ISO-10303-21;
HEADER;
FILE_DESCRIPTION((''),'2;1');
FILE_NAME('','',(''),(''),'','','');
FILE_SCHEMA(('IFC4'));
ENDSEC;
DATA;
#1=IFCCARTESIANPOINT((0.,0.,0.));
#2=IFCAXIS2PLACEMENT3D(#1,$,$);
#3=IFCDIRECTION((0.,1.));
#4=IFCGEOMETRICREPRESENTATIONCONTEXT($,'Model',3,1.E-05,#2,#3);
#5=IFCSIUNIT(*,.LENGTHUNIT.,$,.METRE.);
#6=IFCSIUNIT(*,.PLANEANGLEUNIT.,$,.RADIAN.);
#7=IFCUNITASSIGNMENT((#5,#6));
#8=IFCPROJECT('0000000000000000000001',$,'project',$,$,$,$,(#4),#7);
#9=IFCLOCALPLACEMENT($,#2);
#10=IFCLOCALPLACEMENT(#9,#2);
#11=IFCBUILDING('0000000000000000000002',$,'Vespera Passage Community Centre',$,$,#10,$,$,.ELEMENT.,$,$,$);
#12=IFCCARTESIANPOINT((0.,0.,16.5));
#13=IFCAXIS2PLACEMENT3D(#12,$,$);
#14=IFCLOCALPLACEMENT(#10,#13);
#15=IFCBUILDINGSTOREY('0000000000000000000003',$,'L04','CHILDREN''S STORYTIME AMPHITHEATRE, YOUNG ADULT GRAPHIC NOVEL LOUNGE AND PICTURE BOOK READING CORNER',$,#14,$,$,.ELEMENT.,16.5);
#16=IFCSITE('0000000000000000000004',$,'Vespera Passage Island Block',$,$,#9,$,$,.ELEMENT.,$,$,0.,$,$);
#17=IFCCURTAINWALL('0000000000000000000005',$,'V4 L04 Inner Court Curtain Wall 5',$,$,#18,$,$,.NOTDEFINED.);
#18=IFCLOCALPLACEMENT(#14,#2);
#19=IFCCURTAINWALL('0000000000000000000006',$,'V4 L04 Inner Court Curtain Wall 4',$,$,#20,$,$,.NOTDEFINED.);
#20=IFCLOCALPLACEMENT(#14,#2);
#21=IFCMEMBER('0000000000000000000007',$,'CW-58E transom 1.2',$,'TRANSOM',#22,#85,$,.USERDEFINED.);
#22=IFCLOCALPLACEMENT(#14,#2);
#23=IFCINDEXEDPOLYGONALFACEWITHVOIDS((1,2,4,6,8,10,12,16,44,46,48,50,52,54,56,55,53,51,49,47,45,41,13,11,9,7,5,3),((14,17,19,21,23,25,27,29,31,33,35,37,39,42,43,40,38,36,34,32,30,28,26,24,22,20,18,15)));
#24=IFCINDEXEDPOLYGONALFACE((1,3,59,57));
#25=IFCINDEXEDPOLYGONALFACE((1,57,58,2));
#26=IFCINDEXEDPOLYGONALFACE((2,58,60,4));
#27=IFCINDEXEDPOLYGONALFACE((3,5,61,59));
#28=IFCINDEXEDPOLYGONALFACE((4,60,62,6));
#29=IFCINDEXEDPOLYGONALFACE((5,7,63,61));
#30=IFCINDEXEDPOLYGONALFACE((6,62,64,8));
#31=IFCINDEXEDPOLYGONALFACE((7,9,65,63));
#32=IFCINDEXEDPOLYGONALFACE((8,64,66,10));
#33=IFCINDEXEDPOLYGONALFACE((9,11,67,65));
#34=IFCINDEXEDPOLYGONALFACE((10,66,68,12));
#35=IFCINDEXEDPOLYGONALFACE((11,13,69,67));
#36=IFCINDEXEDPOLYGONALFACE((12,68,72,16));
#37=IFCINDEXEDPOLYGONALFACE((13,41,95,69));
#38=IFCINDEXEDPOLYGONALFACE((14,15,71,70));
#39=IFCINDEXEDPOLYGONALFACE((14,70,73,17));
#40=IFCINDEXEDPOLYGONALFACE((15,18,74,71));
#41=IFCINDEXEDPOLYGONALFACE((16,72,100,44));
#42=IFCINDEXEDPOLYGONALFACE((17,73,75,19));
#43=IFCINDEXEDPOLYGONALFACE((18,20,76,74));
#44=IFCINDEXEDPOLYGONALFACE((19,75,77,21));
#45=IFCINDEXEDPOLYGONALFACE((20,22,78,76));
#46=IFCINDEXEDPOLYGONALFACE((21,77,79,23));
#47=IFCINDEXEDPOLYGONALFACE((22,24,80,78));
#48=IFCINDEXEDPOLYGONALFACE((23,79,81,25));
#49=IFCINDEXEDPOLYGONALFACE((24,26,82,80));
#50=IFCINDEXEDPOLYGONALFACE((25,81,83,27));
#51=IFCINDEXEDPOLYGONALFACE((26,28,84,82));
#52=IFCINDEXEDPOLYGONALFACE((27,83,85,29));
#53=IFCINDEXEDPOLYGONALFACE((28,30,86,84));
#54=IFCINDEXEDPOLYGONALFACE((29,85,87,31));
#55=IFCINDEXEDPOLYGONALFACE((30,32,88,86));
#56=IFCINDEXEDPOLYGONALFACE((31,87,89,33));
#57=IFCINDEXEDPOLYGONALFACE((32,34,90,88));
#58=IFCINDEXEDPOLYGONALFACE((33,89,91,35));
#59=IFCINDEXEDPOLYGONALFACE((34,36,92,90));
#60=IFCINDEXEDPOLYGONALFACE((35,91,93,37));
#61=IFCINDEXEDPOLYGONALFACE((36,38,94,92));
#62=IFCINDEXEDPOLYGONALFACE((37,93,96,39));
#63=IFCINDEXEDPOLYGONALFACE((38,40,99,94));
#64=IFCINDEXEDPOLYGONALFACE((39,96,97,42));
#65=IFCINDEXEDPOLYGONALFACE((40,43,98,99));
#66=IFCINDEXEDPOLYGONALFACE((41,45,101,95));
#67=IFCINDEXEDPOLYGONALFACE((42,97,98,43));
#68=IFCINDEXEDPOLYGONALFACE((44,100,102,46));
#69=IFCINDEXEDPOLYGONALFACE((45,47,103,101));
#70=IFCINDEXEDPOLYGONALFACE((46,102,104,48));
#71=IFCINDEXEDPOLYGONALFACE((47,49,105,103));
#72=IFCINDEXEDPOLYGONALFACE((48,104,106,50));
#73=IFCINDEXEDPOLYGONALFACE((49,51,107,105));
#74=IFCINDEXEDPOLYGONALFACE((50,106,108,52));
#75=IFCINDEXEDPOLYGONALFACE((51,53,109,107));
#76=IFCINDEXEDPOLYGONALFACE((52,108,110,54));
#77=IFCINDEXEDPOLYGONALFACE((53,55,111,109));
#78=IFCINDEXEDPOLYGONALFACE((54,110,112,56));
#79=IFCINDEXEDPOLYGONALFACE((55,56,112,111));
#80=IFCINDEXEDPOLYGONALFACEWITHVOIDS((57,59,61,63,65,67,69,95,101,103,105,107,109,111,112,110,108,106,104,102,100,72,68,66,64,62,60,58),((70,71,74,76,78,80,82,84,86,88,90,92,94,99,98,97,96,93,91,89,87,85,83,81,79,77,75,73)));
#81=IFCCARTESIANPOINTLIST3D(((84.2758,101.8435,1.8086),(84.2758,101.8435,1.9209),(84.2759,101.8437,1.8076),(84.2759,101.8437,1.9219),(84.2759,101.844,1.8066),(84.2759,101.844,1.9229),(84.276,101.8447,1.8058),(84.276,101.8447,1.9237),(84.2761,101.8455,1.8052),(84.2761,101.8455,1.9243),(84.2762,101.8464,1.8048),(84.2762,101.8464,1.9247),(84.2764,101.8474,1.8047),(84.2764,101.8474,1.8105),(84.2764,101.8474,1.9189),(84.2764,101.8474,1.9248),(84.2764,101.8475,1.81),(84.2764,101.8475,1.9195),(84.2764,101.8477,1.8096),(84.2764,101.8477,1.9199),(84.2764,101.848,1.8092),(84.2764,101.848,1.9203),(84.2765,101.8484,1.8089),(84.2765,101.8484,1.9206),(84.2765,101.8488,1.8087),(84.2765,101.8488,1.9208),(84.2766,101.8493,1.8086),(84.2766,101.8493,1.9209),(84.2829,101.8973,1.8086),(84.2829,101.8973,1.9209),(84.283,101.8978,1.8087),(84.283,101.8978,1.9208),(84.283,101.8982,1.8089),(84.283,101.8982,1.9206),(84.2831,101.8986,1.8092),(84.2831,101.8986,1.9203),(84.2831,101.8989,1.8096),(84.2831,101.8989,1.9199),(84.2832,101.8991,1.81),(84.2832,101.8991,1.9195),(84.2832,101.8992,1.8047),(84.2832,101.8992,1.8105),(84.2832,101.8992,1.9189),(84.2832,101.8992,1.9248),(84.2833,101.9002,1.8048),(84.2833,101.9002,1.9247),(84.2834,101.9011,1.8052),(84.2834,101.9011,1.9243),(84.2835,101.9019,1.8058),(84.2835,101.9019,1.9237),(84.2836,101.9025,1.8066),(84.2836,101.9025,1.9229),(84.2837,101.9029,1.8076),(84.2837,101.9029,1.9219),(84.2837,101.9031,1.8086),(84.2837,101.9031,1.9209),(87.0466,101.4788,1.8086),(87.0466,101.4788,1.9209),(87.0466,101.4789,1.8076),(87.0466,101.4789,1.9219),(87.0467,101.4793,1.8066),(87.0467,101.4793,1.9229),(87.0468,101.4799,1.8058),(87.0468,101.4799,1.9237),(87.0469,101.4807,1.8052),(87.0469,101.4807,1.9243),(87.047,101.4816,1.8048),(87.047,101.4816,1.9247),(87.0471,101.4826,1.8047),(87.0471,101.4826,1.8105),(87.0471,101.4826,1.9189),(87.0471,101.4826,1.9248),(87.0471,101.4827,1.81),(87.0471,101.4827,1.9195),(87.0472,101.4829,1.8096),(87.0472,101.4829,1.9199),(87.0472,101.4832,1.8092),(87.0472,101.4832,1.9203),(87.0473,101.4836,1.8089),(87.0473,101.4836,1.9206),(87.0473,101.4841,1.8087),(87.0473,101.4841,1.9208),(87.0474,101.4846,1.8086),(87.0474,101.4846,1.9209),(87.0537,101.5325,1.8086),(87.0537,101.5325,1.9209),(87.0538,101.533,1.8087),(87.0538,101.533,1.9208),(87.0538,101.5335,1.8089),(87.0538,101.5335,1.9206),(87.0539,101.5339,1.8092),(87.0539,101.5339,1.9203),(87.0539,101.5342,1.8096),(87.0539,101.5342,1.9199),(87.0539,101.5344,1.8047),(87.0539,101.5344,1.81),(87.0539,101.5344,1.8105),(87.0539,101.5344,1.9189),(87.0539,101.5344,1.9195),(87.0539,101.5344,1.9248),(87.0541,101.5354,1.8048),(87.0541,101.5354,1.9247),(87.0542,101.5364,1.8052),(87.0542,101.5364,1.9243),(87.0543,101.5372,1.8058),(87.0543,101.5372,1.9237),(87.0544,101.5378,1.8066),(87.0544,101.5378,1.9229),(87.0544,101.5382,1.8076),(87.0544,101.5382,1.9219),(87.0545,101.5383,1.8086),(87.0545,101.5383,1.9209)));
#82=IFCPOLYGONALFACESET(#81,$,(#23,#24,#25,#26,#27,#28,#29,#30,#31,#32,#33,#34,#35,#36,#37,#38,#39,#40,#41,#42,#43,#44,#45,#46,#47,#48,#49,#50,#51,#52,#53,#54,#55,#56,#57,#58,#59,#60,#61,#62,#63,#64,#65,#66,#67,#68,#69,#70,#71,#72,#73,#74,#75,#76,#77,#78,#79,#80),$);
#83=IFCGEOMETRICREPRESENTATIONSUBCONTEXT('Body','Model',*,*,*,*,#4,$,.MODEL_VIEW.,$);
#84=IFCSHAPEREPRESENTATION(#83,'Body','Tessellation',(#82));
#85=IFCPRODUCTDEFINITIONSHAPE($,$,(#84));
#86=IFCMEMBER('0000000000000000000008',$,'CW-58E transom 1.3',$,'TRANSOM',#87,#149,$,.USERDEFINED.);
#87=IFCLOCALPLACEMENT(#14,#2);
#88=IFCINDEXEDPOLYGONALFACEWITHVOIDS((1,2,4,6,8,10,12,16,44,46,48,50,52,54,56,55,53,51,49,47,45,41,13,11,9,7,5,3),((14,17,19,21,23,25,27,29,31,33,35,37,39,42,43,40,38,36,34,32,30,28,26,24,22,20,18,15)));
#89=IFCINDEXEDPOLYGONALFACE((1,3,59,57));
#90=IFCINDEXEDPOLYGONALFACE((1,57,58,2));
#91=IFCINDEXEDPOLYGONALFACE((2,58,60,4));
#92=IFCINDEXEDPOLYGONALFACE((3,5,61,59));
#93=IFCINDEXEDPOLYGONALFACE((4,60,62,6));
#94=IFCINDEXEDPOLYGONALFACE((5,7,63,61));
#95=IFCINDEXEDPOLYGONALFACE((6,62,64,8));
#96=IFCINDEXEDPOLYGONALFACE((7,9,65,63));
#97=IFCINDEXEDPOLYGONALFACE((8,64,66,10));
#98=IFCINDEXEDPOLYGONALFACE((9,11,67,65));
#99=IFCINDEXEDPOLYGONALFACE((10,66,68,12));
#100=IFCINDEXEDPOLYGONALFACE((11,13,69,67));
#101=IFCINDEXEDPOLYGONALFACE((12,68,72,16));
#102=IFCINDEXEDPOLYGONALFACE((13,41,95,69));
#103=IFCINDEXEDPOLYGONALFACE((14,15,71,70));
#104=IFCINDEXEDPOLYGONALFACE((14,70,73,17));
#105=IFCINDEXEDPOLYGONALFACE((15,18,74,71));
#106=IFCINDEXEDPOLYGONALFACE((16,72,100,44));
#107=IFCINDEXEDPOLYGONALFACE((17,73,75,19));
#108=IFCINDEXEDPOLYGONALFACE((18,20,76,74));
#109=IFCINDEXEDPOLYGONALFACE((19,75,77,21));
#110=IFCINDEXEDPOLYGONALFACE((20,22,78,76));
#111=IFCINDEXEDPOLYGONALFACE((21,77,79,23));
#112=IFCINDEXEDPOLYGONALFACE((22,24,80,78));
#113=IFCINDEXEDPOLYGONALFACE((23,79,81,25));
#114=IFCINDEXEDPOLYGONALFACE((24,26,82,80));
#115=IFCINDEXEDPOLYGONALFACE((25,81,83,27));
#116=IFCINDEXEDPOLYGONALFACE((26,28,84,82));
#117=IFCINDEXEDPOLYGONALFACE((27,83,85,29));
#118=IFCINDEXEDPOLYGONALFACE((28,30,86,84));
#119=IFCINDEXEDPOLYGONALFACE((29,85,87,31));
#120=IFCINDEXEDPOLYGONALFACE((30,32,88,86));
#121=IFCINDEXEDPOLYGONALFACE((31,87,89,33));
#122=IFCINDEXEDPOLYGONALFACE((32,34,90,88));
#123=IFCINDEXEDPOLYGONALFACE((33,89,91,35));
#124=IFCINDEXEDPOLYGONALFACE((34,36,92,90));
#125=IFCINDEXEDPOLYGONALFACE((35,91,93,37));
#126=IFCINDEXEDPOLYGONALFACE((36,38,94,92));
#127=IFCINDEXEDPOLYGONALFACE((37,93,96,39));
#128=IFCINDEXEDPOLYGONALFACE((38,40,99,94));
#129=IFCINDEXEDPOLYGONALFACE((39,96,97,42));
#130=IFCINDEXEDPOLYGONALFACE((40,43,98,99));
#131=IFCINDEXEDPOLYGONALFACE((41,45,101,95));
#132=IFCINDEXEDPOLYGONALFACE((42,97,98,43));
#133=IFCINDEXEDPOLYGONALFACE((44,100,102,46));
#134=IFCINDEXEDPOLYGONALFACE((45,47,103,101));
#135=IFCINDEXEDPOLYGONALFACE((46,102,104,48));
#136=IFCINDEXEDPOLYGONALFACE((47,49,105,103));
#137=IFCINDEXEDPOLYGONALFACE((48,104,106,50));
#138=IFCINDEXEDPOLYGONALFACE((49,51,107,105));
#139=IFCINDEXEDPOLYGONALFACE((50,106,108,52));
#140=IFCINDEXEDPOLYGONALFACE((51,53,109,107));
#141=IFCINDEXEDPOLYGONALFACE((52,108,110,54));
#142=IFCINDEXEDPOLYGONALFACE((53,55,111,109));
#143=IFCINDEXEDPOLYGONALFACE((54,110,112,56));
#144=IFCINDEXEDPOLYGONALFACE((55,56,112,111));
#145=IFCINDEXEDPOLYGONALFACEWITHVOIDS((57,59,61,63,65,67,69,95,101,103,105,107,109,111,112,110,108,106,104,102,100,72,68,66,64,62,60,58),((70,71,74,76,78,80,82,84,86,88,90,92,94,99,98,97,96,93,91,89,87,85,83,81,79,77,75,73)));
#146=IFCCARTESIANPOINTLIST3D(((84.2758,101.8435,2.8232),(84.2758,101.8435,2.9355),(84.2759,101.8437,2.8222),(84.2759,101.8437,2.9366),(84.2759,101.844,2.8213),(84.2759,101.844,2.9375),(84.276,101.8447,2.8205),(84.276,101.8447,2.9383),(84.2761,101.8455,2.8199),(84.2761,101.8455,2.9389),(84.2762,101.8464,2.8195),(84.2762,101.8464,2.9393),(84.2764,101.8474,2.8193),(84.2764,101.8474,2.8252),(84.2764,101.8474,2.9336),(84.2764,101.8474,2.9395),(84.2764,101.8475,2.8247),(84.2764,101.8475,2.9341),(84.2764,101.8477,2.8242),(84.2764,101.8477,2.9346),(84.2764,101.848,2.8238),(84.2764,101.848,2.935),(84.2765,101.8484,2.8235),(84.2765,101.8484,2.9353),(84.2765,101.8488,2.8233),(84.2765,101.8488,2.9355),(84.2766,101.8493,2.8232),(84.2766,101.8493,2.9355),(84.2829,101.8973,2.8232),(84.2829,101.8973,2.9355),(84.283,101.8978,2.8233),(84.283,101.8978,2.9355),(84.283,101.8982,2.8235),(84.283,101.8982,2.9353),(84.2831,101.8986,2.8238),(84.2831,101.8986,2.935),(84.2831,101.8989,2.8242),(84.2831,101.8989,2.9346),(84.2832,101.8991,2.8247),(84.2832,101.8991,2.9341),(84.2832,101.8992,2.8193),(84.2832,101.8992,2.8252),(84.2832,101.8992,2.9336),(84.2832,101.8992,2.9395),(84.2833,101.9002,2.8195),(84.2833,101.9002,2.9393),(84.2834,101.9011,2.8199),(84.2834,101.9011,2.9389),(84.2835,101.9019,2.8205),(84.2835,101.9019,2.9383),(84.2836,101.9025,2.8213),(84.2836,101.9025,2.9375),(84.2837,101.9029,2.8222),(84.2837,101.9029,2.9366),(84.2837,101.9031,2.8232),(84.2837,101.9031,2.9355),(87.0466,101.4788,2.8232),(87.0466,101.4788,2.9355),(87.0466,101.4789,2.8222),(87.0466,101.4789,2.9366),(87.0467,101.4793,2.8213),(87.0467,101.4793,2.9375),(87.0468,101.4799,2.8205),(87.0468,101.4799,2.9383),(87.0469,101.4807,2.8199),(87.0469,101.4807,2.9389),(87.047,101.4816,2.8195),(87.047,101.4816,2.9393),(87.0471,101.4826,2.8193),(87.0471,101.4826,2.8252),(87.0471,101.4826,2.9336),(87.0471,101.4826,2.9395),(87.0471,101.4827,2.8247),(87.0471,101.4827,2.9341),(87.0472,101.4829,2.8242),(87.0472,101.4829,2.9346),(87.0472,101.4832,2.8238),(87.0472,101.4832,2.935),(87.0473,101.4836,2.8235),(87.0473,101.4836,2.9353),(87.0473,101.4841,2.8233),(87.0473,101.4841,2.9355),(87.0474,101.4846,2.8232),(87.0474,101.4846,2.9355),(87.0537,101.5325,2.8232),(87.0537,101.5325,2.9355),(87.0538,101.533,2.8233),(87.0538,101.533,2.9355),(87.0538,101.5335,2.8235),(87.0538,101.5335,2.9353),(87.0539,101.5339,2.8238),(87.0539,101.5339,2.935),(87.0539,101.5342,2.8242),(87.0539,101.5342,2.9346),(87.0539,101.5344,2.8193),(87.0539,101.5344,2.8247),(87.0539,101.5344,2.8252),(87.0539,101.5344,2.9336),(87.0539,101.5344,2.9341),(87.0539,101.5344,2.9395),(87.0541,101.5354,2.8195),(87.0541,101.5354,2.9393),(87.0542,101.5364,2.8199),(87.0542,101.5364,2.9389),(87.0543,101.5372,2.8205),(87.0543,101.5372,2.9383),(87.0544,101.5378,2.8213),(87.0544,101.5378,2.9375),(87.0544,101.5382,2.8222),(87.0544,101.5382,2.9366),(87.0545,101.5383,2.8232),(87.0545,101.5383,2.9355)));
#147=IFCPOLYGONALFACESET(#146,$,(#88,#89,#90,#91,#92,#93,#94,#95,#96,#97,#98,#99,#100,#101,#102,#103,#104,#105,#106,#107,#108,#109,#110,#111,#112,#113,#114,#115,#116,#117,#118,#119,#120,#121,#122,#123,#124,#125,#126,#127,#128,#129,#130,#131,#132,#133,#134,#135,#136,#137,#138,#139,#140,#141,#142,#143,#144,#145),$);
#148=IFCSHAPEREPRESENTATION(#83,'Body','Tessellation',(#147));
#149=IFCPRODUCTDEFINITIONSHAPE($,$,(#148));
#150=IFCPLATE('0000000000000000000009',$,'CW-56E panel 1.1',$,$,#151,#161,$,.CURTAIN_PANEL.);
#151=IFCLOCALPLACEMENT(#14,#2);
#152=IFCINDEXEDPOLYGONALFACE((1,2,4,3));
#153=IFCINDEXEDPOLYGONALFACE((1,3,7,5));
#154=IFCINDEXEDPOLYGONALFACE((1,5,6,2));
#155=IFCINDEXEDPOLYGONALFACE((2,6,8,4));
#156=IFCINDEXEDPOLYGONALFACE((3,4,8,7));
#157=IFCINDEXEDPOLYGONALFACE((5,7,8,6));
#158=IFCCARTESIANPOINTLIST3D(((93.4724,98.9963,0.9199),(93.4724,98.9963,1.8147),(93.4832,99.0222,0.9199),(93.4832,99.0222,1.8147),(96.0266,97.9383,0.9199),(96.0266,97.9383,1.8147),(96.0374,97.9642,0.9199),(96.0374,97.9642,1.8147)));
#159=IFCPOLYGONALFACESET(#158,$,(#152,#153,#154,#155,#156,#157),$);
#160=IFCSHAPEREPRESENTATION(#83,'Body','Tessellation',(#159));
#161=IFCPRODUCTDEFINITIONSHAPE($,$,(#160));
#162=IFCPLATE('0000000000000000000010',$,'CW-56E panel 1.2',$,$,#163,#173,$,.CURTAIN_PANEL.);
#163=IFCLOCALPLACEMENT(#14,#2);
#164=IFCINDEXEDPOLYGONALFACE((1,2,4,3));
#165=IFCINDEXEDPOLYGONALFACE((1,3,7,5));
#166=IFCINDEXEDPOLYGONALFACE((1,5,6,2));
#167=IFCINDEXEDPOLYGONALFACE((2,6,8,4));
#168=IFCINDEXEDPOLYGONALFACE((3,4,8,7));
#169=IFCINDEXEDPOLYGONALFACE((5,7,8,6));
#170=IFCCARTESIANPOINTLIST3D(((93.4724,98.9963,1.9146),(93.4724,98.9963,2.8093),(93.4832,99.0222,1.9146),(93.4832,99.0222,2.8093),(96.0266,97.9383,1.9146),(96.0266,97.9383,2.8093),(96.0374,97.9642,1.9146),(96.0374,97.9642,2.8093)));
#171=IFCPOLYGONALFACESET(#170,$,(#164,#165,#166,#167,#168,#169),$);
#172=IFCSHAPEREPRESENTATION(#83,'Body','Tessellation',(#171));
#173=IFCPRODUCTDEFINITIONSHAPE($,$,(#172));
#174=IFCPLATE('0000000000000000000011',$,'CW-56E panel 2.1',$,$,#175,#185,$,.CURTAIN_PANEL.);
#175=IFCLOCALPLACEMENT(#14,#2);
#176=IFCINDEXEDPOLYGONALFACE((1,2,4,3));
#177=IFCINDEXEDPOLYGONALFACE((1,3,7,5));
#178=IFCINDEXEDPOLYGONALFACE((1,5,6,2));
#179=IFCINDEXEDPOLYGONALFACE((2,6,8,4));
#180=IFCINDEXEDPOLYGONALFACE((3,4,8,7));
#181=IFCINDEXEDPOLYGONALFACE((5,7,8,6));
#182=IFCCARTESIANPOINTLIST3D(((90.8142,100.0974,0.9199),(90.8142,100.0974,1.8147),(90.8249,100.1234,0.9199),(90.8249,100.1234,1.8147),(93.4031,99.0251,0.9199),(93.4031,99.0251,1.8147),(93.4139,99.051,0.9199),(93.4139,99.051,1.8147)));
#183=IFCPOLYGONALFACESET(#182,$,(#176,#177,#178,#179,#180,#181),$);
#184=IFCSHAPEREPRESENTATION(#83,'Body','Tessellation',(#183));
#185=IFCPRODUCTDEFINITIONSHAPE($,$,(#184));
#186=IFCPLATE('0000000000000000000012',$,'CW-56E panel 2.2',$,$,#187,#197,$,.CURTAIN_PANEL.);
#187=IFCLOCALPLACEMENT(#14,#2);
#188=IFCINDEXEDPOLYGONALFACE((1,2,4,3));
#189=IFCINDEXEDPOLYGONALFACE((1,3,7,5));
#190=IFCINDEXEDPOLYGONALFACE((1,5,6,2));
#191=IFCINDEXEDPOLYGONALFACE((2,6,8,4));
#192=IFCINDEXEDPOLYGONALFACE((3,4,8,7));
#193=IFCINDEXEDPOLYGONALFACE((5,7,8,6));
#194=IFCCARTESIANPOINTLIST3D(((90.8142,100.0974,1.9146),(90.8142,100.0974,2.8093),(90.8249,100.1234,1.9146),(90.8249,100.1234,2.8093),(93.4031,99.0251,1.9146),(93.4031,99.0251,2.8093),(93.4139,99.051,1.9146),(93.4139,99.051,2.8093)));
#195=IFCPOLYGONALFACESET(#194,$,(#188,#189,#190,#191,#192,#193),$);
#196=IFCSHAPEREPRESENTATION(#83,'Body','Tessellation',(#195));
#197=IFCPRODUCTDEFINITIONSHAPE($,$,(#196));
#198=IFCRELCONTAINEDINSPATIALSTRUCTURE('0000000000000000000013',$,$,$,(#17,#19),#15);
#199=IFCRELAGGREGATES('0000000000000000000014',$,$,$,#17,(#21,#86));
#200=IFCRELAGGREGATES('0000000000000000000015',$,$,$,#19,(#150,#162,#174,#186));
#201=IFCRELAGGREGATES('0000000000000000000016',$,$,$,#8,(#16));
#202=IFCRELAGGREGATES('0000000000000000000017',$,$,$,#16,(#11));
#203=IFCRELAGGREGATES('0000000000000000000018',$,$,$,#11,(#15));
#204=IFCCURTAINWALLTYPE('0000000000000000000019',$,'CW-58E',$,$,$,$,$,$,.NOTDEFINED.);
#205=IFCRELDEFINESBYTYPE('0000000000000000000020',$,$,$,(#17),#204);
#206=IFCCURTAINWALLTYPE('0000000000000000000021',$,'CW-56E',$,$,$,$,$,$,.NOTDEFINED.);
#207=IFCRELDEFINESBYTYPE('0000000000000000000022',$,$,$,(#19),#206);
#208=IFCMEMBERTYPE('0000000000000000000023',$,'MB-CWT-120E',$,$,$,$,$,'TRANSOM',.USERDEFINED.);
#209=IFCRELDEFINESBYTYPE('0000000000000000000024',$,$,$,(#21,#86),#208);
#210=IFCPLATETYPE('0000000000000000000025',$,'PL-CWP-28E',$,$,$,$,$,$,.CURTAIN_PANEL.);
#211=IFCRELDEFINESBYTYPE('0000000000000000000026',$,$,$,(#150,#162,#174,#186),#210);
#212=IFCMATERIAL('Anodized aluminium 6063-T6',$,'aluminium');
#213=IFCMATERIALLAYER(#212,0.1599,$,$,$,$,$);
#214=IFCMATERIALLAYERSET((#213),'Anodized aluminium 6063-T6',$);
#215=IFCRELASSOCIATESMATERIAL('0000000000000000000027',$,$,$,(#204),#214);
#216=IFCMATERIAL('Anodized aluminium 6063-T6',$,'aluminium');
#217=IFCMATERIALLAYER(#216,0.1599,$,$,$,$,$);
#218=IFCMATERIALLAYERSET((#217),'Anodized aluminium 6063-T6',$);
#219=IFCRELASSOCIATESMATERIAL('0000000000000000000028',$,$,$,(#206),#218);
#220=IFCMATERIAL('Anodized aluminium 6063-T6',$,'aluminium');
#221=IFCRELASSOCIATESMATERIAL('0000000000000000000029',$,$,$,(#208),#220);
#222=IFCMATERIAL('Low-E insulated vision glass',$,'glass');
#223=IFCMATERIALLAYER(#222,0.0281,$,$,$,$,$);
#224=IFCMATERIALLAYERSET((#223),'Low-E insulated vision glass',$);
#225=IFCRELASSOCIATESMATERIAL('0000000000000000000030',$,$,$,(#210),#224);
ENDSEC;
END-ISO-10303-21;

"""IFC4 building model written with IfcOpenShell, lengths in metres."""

from ifc_helpers import new_model, si_unit, direction, frame, origin, origin_2d, place, context, subcontext, project, spatial, rectangle, hollow_rectangle, extrude, material, layer, layer_set, material_profile, profile_set, type_object, element, aggregate, save


model = new_model("IFC4")

# Units and contexts
model_context = context("Model", 3, precision=1e-05, world=origin(), true_north=direction((0.0, 1.0)))
body_context = subcontext(model_context, "Body", "Model", "MODEL_VIEW")
ifc_project = project(units=[si_unit("LENGTHUNIT", "METRE"), si_unit("PLANEANGLEUNIT", "RADIAN")], contexts=[model_context])

# Site, building, storey
site_placement = place(None, origin())
site = spatial("IfcSite", under=ifc_project, at=site_placement, Name="Vespera Passage Island Block", CompositionType="ELEMENT", RefElevation=0.0)
building_placement = place(site_placement, origin())
building = spatial("IfcBuilding", under=site, at=building_placement, Name="Vespera Passage Community Centre", CompositionType="ELEMENT")
storey_placement = place(building_placement, frame((0.0, 0.0, 16.5)))
storey = spatial("IfcBuildingStorey", under=building, at=storey_placement, Name="L04", Description="CHILDREN'S STORYTIME AMPHITHEATRE, YOUNG ADULT GRAPHIC NOVEL LOUNGE AND PICTURE BOOK READING CORNER", CompositionType="ELEMENT", Elevation=16.5)

# Curtain wall
ifc_material_1 = material(Name="Anodized aluminium 6063-T6", Category="aluminium")
ifc_layer_1 = layer(ifc_material_1, 0.1599)
ifc_layer_set_1 = layer_set([ifc_layer_1], Name="Anodized aluminium 6063-T6")
curtain_wall_type_1 = type_object("IfcCurtainWallType", Name="CW-58E", PredefinedType="NOTDEFINED", material=ifc_layer_set_1)
curtain_wall_1_placement = place(storey_placement, origin())
curtain_wall_1 = element("IfcCurtainWall", 1, at=curtain_wall_1_placement, inside=storey, type_object=curtain_wall_type_1, Name="V4 L04 Inner Court Curtain Wall 5", PredefinedType="NOTDEFINED")

# Curtain wall
ifc_material_2 = material(Name="Anodized aluminium 6063-T6", Category="aluminium")
ifc_layer_2 = layer(ifc_material_2, 0.1599)
ifc_layer_set_2 = layer_set([ifc_layer_2], Name="Anodized aluminium 6063-T6")
curtain_wall_type_2 = type_object("IfcCurtainWallType", Name="CW-56E", PredefinedType="NOTDEFINED", material=ifc_layer_set_2)
curtain_wall_2_placement = place(storey_placement, origin())
curtain_wall_2 = element("IfcCurtainWall", 2, at=curtain_wall_2_placement, inside=storey, type_object=curtain_wall_type_2, Name="V4 L04 Inner Court Curtain Wall 4", PredefinedType="NOTDEFINED")

# Members
ifc_material_3 = material(Name="Anodized aluminium 6063-T6", Category="aluminium")
ifc_material_profile_1 = material_profile(ifc_material_3, hollow_rectangle(XDim=0.0601, YDim=0.1201, WallThickness=0.0039, InnerFilletRadius=0.002, OuterFilletRadius=0.0039, at=origin_2d()), Name="ALU120X60X4")
ifc_profile_set_1 = profile_set([ifc_material_profile_1], Name="Anodized aluminium 6063-T6")
member_type_1 = type_object("IfcMemberType", Name="MB-CWT-120E", ElementType="TRANSOM", PredefinedType="USERDEFINED", material=ifc_profile_set_1)
member_1_placement = place(storey_placement, frame((87.0505, 101.5085, 1.8647), z_axis=(-0.991446, 0.130516, 0.0), x_axis=(-0.130516, -0.991446, 0.0)))
member_1 = element("IfcMember", 3, at=member_1_placement, type_object=member_type_1, Name="CW-58E transom 1.2", ObjectType="TRANSOM", PredefinedType="USERDEFINED", context=body_context, shape_type="SweptSolid", body=[
    extrude(hollow_rectangle(XDim=0.0601, YDim=0.1201, WallThickness=0.0039, InnerFilletRadius=0.002, OuterFilletRadius=0.0039, at=origin_2d()), origin(), (0.0, 0.0, 1.0), 2.7947),
])
member_2_placement = place(storey_placement, frame((87.0505, 101.5085, 2.8794), z_axis=(-0.991446, 0.130516, 0.0), x_axis=(-0.130516, -0.991446, 0.0)))
member_2 = element("IfcMember", 4, at=member_2_placement, type_object=member_type_1, Name="CW-58E transom 1.3", ObjectType="TRANSOM", PredefinedType="USERDEFINED", context=body_context, shape_type="SweptSolid", body=[
    extrude(hollow_rectangle(XDim=0.0601, YDim=0.1201, WallThickness=0.0039, InnerFilletRadius=0.002, OuterFilletRadius=0.0039, at=origin_2d()), origin(), (0.0, 0.0, 1.0), 2.7947),
])
aggregate(curtain_wall_1, [member_1, member_2])

# Plates
ifc_material_4 = material(Name="Low-E insulated vision glass", Category="glass")
ifc_layer_3 = layer(ifc_material_4, 0.0281)
ifc_layer_set_3 = layer_set([ifc_layer_3], Name="Low-E insulated vision glass")
plate_type = type_object("IfcPlateType", Name="PL-CWP-28E", PredefinedType="CURTAIN_PANEL", material=ifc_layer_set_3)
plate_1_placement = place(storey_placement, frame((94.7549, 98.4802, 0.9199), z_axis=(0.0, 0.0, 1.0), x_axis=(-0.923877, 0.38269, 0.0)))
plate_1 = element("IfcPlate", 5, at=plate_1_placement, type_object=plate_type, Name="CW-56E panel 1.1", PredefinedType="CURTAIN_PANEL", context=body_context, shape_type="SweptSolid", body=[
    extrude(rectangle(XDim=2.7646, YDim=0.0281, at=origin_2d()), origin(), (0.0, 0.0, 1.0), 0.8948),
])
plate_2_placement = place(storey_placement, frame((94.7549, 98.4802, 1.9146), z_axis=(0.0, 0.0, 1.0), x_axis=(-0.923877, 0.38269, 0.0)))
plate_2 = element("IfcPlate", 6, at=plate_2_placement, type_object=plate_type, Name="CW-56E panel 1.2", PredefinedType="CURTAIN_PANEL", context=body_context, shape_type="SweptSolid", body=[
    extrude(rectangle(XDim=2.7646, YDim=0.0281, at=origin_2d()), origin(), (0.0, 0.0, 1.0), 0.8948),
])
plate_3_placement = place(storey_placement, frame((92.114, 99.5742, 0.9199), z_axis=(0.0, 0.0, 1.0), x_axis=(-0.923877, 0.38269, 0.0)))
plate_3 = element("IfcPlate", 7, at=plate_3_placement, type_object=plate_type, Name="CW-56E panel 2.1", PredefinedType="CURTAIN_PANEL", context=body_context, shape_type="SweptSolid", body=[
    extrude(rectangle(XDim=2.8022, YDim=0.0281, at=origin_2d()), origin(), (0.0, 0.0, 1.0), 0.8948),
])
plate_4_placement = place(storey_placement, frame((92.114, 99.5742, 1.9146), z_axis=(0.0, 0.0, 1.0), x_axis=(-0.923877, 0.38269, 0.0)))
plate_4 = element("IfcPlate", 8, at=plate_4_placement, type_object=plate_type, Name="CW-56E panel 2.2", PredefinedType="CURTAIN_PANEL", context=body_context, shape_type="SweptSolid", body=[
    extrude(rectangle(XDim=2.8022, YDim=0.0281, at=origin_2d()), origin(), (0.0, 0.0, 1.0), 0.8948),
])
aggregate(curtain_wall_2, [plate_1, plate_2, plate_3, plate_4])

save(model, "model.ifc")
